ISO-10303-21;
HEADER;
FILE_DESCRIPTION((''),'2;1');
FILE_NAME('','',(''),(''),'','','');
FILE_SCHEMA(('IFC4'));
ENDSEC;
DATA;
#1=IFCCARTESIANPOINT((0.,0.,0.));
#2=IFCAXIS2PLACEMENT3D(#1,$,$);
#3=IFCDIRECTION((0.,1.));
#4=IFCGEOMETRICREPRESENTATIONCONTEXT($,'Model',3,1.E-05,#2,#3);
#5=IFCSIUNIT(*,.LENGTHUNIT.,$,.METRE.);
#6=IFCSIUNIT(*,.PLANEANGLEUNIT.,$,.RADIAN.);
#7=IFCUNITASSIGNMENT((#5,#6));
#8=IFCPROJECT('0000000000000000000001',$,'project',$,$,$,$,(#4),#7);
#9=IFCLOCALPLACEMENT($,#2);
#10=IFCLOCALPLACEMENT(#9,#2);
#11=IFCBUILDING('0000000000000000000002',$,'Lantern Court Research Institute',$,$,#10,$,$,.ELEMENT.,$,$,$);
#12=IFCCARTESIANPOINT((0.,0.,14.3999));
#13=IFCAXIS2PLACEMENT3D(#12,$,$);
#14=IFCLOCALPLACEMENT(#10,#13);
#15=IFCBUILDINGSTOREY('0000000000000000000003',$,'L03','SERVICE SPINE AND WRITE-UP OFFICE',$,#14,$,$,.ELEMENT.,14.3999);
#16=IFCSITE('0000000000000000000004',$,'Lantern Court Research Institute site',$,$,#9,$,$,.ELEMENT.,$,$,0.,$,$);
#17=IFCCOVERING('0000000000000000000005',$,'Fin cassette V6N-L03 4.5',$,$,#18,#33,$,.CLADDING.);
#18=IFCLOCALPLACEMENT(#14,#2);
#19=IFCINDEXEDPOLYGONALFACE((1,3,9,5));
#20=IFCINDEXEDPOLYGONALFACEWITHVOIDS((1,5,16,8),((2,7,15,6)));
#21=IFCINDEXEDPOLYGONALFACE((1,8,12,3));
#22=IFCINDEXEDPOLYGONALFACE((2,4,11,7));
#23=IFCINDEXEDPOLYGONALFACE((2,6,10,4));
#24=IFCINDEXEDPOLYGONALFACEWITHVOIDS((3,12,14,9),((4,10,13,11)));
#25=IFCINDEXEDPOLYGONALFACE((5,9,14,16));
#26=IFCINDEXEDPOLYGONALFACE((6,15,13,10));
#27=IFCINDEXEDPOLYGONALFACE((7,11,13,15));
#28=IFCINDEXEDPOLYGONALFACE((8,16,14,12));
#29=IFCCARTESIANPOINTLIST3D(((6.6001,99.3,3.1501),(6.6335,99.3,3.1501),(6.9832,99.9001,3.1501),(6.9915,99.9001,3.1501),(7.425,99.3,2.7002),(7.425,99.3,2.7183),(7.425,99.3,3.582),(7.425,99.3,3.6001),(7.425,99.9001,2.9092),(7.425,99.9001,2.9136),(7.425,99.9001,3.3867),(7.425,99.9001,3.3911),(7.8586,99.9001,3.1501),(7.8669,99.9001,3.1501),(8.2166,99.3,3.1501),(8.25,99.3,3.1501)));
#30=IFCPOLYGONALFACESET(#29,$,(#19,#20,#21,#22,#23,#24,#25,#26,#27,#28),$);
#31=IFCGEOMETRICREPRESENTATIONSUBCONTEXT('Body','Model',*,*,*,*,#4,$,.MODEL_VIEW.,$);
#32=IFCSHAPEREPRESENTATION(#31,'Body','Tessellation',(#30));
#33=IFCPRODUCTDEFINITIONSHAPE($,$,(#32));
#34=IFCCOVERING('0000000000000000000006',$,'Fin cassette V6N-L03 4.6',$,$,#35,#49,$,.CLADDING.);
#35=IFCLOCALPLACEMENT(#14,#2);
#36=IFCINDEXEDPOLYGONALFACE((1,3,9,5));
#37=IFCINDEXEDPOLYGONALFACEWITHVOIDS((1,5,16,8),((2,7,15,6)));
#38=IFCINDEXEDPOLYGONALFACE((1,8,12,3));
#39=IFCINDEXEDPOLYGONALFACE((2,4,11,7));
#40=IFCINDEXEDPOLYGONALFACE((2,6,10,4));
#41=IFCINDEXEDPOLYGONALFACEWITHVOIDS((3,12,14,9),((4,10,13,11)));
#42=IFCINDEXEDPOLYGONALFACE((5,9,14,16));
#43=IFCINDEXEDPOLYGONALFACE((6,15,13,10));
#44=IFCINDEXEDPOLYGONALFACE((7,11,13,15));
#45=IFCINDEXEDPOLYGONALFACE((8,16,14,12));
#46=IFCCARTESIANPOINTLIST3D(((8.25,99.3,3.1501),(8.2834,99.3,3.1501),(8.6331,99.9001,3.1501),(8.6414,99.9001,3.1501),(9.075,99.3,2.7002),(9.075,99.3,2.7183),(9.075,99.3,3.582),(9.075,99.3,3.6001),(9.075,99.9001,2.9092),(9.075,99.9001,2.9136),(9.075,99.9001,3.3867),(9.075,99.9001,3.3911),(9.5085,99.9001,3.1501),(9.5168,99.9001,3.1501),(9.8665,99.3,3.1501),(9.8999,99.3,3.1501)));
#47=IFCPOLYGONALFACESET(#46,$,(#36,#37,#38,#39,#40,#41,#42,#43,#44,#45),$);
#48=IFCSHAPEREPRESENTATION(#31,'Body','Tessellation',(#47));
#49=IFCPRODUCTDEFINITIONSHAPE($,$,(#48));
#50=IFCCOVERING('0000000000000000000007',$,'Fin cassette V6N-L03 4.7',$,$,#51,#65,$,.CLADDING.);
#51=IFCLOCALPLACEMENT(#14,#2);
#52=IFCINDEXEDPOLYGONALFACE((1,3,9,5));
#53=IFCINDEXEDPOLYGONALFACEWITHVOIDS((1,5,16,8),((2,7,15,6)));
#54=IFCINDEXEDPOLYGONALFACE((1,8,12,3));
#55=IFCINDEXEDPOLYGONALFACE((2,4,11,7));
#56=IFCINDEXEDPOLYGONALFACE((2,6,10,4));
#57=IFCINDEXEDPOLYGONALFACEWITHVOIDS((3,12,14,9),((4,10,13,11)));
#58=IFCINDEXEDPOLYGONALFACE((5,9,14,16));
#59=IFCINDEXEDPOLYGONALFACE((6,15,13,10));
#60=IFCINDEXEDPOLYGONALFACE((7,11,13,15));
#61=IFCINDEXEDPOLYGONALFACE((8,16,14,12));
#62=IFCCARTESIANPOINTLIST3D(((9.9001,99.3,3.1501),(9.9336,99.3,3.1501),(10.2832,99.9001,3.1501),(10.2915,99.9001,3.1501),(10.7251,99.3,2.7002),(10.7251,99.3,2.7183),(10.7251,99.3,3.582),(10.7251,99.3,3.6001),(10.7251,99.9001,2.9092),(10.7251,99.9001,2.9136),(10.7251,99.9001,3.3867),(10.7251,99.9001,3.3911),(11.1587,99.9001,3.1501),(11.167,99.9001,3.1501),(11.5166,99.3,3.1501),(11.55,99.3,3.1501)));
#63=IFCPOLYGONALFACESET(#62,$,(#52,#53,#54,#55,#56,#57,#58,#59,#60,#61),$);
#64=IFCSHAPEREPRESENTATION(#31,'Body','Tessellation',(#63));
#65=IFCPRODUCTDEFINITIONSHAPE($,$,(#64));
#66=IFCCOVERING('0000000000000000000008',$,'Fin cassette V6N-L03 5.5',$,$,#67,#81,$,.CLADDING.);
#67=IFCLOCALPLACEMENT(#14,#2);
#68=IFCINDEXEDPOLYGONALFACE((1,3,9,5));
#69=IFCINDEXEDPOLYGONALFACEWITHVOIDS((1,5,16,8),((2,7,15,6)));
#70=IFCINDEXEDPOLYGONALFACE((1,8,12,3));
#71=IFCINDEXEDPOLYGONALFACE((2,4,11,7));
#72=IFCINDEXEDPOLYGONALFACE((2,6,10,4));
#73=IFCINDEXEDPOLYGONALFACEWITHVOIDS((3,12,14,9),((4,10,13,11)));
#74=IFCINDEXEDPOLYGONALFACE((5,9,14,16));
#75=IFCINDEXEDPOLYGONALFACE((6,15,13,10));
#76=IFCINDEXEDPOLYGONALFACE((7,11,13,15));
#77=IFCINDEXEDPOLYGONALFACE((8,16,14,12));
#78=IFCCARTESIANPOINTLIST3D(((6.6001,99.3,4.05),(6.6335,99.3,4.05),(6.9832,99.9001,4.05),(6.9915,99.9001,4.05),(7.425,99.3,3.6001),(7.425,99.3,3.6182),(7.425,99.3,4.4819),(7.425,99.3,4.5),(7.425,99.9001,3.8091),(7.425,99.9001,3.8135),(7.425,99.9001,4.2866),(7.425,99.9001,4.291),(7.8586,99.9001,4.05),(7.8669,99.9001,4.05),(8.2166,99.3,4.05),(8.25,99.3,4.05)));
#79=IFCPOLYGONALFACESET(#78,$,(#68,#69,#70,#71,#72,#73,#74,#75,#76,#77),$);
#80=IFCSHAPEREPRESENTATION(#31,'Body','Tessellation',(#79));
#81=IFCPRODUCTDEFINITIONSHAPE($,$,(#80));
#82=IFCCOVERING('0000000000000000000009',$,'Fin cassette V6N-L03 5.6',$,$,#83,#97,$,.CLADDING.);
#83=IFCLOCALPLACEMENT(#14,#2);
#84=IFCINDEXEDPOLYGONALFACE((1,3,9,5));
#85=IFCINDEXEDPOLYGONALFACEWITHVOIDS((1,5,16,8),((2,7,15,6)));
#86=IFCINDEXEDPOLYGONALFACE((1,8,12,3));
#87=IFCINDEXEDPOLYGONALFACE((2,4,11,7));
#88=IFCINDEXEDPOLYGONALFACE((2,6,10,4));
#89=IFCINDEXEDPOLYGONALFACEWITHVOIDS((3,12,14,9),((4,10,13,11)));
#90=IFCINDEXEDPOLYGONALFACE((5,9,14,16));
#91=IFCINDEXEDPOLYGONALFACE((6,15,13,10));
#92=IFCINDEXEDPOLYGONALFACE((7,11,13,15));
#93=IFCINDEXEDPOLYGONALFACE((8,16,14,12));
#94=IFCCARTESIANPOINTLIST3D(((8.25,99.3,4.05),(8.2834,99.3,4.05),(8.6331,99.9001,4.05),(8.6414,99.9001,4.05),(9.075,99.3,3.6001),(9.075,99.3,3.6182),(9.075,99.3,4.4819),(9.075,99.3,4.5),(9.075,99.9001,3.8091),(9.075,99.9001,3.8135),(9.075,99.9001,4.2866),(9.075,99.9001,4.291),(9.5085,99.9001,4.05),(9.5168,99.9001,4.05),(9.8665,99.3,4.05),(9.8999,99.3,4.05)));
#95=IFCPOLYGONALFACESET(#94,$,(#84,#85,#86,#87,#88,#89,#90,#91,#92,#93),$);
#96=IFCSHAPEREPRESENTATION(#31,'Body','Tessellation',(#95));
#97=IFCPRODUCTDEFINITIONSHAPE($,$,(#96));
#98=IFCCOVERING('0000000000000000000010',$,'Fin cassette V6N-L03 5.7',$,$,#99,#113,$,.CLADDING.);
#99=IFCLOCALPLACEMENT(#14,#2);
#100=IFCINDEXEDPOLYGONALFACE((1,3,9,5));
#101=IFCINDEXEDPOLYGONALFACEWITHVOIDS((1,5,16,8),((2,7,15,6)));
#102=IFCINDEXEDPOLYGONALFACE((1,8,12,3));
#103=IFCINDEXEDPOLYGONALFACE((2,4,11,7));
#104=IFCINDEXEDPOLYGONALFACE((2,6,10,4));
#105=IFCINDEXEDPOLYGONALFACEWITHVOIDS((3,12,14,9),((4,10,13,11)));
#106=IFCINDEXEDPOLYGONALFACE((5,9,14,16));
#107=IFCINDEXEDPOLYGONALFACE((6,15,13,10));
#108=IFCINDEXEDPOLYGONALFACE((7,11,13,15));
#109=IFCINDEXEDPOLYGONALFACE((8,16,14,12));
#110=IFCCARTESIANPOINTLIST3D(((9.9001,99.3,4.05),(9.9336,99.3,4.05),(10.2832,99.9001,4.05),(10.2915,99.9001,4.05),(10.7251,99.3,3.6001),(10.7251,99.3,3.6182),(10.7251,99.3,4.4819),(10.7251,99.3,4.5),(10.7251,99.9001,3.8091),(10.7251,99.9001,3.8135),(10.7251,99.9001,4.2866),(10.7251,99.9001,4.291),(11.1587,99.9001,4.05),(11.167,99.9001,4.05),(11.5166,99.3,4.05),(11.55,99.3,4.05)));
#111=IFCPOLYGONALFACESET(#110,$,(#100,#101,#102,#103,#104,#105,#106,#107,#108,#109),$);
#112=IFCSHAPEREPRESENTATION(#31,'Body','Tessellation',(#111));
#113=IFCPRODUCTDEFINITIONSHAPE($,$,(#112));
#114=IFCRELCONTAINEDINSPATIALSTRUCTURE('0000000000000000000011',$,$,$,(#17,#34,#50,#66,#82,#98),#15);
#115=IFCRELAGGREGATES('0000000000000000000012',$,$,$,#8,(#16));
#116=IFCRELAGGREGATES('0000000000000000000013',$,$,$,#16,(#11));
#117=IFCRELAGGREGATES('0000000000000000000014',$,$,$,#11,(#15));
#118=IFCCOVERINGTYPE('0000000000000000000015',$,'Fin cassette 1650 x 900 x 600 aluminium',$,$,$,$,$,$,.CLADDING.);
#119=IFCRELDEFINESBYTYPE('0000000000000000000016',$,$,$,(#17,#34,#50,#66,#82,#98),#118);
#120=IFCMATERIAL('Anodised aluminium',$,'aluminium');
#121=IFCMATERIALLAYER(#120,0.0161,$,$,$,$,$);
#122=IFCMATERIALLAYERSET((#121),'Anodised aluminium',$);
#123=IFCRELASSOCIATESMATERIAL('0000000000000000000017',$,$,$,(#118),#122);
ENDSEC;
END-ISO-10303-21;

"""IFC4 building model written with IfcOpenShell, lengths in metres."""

from ifc_helpers import new_model, entity, si_unit, direction, frame, origin, place, context, subcontext, project, spatial, material, layer, layer_set, type_object, element, save


model = new_model("IFC4")

# Units and contexts
model_context = context("Model", 3, precision=1e-05, world=origin(), true_north=direction((0.0, 1.0)))
body_context = subcontext(model_context, "Body", "Model", "MODEL_VIEW")
ifc_project = project(units=[si_unit("LENGTHUNIT", "METRE"), si_unit("PLANEANGLEUNIT", "RADIAN")], contexts=[model_context])

# Site, building, storey
site_placement = place(None, origin())
site = spatial("IfcSite", under=ifc_project, at=site_placement, Name="Lantern Court Research Institute site", CompositionType="ELEMENT", RefElevation=0.0)
building_placement = place(site_placement, origin())
building = spatial("IfcBuilding", under=site, at=building_placement, Name="Lantern Court Research Institute", CompositionType="ELEMENT")
storey_placement = place(building_placement, frame((0.0, 0.0, 14.3999)))
storey = spatial("IfcBuildingStorey", under=building, at=storey_placement, Name="L03", Description="SERVICE SPINE AND WRITE-UP OFFICE", CompositionType="ELEMENT", Elevation=14.3999)

# Coverings
ifc_material_1 = material(Name="Anodised aluminium", Category="aluminium")
ifc_layer_1 = layer(ifc_material_1, 0.0161)
ifc_layer_set_1 = layer_set([ifc_layer_1], Name="Anodised aluminium")
covering_type = type_object("IfcCoveringType", Name="Fin cassette 1650 x 900 x 600 aluminium", PredefinedType="CLADDING", material=ifc_layer_set_1)
covering_1_placement = place(storey_placement, frame((7.425, 99.3, 3.1501), z_axis=(0.0, 1.0, 0.0), x_axis=(-1.0, 0.0, 0.0)))
cartesian_point_1 = entity("IfcCartesianPoint", [0.825, 0.0])
cartesian_point_2 = entity("IfcCartesianPoint", [0.7915, 0.0])
cartesian_point_3 = entity("IfcCartesianPoint", [0.4419, 0.0])
cartesian_point_4 = entity("IfcCartesianPoint", [0.4336, 0.0])
element("IfcCovering", 1, at=covering_1_placement, inside=storey, type_object=covering_type, Name="Fin cassette V6N-L03 4.5", PredefinedType="CLADDING", context=body_context, shape_type="SweptSolid", body=[
    entity("IfcExtrudedAreaSolidTapered", entity("IfcArbitraryProfileDefWithVoids", "AREA", None, entity("IfcPolyline", [cartesian_point_1, entity("IfcCartesianPoint", [0.0, 0.45]), entity("IfcCartesianPoint", [-0.825, 0.0]), entity("IfcCartesianPoint", [0.0, -0.45]), cartesian_point_1]), [entity("IfcPolyline", [cartesian_point_2, entity("IfcCartesianPoint", [0.0, 0.4319]), entity("IfcCartesianPoint", [-0.7915, 0.0]), entity("IfcCartesianPoint", [0.0, -0.4319]), cartesian_point_2])]), entity("IfcAxis2Placement3D", entity("IfcCartesianPoint", [0.0, 0.0, 0.0])), entity("IfcDirection", [0.0, 0.0, 1.0]), 0.6001, entity("IfcArbitraryProfileDefWithVoids", "AREA", None, entity("IfcPolyline", [cartesian_point_3, entity("IfcCartesianPoint", [0.0, 0.241]), entity("IfcCartesianPoint", [-0.4419, 0.0]), entity("IfcCartesianPoint", [0.0, -0.241]), cartesian_point_3]), [entity("IfcPolyline", [cartesian_point_4, entity("IfcCartesianPoint", [0.0, 0.2366]), entity("IfcCartesianPoint", [-0.4336, 0.0]), entity("IfcCartesianPoint", [0.0, -0.2366]), cartesian_point_4])])),
])
covering_2_placement = place(storey_placement, frame((9.075, 99.3, 3.1501), z_axis=(0.0, 1.0, 0.0), x_axis=(-1.0, 0.0, 0.0)))
cartesian_point_5 = entity("IfcCartesianPoint", [0.825, 0.0])
cartesian_point_6 = entity("IfcCartesianPoint", [0.7915, 0.0])
cartesian_point_7 = entity("IfcCartesianPoint", [0.4419, 0.0])
cartesian_point_8 = entity("IfcCartesianPoint", [0.4336, 0.0])
element("IfcCovering", 2, at=covering_2_placement, inside=storey, type_object=covering_type, Name="Fin cassette V6N-L03 4.6", PredefinedType="CLADDING", context=body_context, shape_type="SweptSolid", body=[
    entity("IfcExtrudedAreaSolidTapered", entity("IfcArbitraryProfileDefWithVoids", "AREA", None, entity("IfcPolyline", [cartesian_point_5, entity("IfcCartesianPoint", [0.0, 0.45]), entity("IfcCartesianPoint", [-0.825, 0.0]), entity("IfcCartesianPoint", [0.0, -0.45]), cartesian_point_5]), [entity("IfcPolyline", [cartesian_point_6, entity("IfcCartesianPoint", [0.0, 0.4319]), entity("IfcCartesianPoint", [-0.7915, 0.0]), entity("IfcCartesianPoint", [0.0, -0.4319]), cartesian_point_6])]), entity("IfcAxis2Placement3D", entity("IfcCartesianPoint", [0.0, 0.0, 0.0])), entity("IfcDirection", [0.0, 0.0, 1.0]), 0.6001, entity("IfcArbitraryProfileDefWithVoids", "AREA", None, entity("IfcPolyline", [cartesian_point_7, entity("IfcCartesianPoint", [0.0, 0.241]), entity("IfcCartesianPoint", [-0.4419, 0.0]), entity("IfcCartesianPoint", [0.0, -0.241]), cartesian_point_7]), [entity("IfcPolyline", [cartesian_point_8, entity("IfcCartesianPoint", [0.0, 0.2366]), entity("IfcCartesianPoint", [-0.4336, 0.0]), entity("IfcCartesianPoint", [0.0, -0.2366]), cartesian_point_8])])),
])
covering_3_placement = place(storey_placement, frame((10.7251, 99.3, 3.1501), z_axis=(0.0, 1.0, 0.0), x_axis=(-1.0, 0.0, 0.0)))
cartesian_point_9 = entity("IfcCartesianPoint", [0.825, 0.0])
cartesian_point_10 = entity("IfcCartesianPoint", [0.7915, 0.0])
cartesian_point_11 = entity("IfcCartesianPoint", [0.4419, 0.0])
cartesian_point_12 = entity("IfcCartesianPoint", [0.4336, 0.0])
element("IfcCovering", 3, at=covering_3_placement, inside=storey, type_object=covering_type, Name="Fin cassette V6N-L03 4.7", PredefinedType="CLADDING", context=body_context, shape_type="SweptSolid", body=[
    entity("IfcExtrudedAreaSolidTapered", entity("IfcArbitraryProfileDefWithVoids", "AREA", None, entity("IfcPolyline", [cartesian_point_9, entity("IfcCartesianPoint", [0.0, 0.45]), entity("IfcCartesianPoint", [-0.825, 0.0]), entity("IfcCartesianPoint", [0.0, -0.45]), cartesian_point_9]), [entity("IfcPolyline", [cartesian_point_10, entity("IfcCartesianPoint", [0.0, 0.4319]), entity("IfcCartesianPoint", [-0.7915, 0.0]), entity("IfcCartesianPoint", [0.0, -0.4319]), cartesian_point_10])]), entity("IfcAxis2Placement3D", entity("IfcCartesianPoint", [0.0, 0.0, 0.0])), entity("IfcDirection", [0.0, 0.0, 1.0]), 0.6001, entity("IfcArbitraryProfileDefWithVoids", "AREA", None, entity("IfcPolyline", [cartesian_point_11, entity("IfcCartesianPoint", [0.0, 0.241]), entity("IfcCartesianPoint", [-0.4419, 0.0]), entity("IfcCartesianPoint", [0.0, -0.241]), cartesian_point_11]), [entity("IfcPolyline", [cartesian_point_12, entity("IfcCartesianPoint", [0.0, 0.2366]), entity("IfcCartesianPoint", [-0.4336, 0.0]), entity("IfcCartesianPoint", [0.0, -0.2366]), cartesian_point_12])])),
])
covering_4_placement = place(storey_placement, frame((7.425, 99.3, 4.05), z_axis=(0.0, 1.0, 0.0), x_axis=(-1.0, 0.0, 0.0)))
cartesian_point_13 = entity("IfcCartesianPoint", [0.825, 0.0])
cartesian_point_14 = entity("IfcCartesianPoint", [0.7915, 0.0])
cartesian_point_15 = entity("IfcCartesianPoint", [0.4419, 0.0])
cartesian_point_16 = entity("IfcCartesianPoint", [0.4336, 0.0])
element("IfcCovering", 4, at=covering_4_placement, inside=storey, type_object=covering_type, Name="Fin cassette V6N-L03 5.5", PredefinedType="CLADDING", context=body_context, shape_type="SweptSolid", body=[
    entity("IfcExtrudedAreaSolidTapered", entity("IfcArbitraryProfileDefWithVoids", "AREA", None, entity("IfcPolyline", [cartesian_point_13, entity("IfcCartesianPoint", [0.0, 0.45]), entity("IfcCartesianPoint", [-0.825, 0.0]), entity("IfcCartesianPoint", [0.0, -0.45]), cartesian_point_13]), [entity("IfcPolyline", [cartesian_point_14, entity("IfcCartesianPoint", [0.0, 0.4319]), entity("IfcCartesianPoint", [-0.7915, 0.0]), entity("IfcCartesianPoint", [0.0, -0.4319]), cartesian_point_14])]), entity("IfcAxis2Placement3D", entity("IfcCartesianPoint", [0.0, 0.0, 0.0])), entity("IfcDirection", [0.0, 0.0, 1.0]), 0.6001, entity("IfcArbitraryProfileDefWithVoids", "AREA", None, entity("IfcPolyline", [cartesian_point_15, entity("IfcCartesianPoint", [0.0, 0.241]), entity("IfcCartesianPoint", [-0.4419, 0.0]), entity("IfcCartesianPoint", [0.0, -0.241]), cartesian_point_15]), [entity("IfcPolyline", [cartesian_point_16, entity("IfcCartesianPoint", [0.0, 0.2366]), entity("IfcCartesianPoint", [-0.4336, 0.0]), entity("IfcCartesianPoint", [0.0, -0.2366]), cartesian_point_16])])),
])
covering_5_placement = place(storey_placement, frame((9.075, 99.3, 4.05), z_axis=(0.0, 1.0, 0.0), x_axis=(-1.0, 0.0, 0.0)))
cartesian_point_17 = entity("IfcCartesianPoint", [0.825, 0.0])
cartesian_point_18 = entity("IfcCartesianPoint", [0.7915, 0.0])
cartesian_point_19 = entity("IfcCartesianPoint", [0.4419, 0.0])
cartesian_point_20 = entity("IfcCartesianPoint", [0.4336, 0.0])
element("IfcCovering", 5, at=covering_5_placement, inside=storey, type_object=covering_type, Name="Fin cassette V6N-L03 5.6", PredefinedType="CLADDING", context=body_context, shape_type="SweptSolid", body=[
    entity("IfcExtrudedAreaSolidTapered", entity("IfcArbitraryProfileDefWithVoids", "AREA", None, entity("IfcPolyline", [cartesian_point_17, entity("IfcCartesianPoint", [0.0, 0.45]), entity("IfcCartesianPoint", [-0.825, 0.0]), entity("IfcCartesianPoint", [0.0, -0.45]), cartesian_point_17]), [entity("IfcPolyline", [cartesian_point_18, entity("IfcCartesianPoint", [0.0, 0.4319]), entity("IfcCartesianPoint", [-0.7915, 0.0]), entity("IfcCartesianPoint", [0.0, -0.4319]), cartesian_point_18])]), entity("IfcAxis2Placement3D", entity("IfcCartesianPoint", [0.0, 0.0, 0.0])), entity("IfcDirection", [0.0, 0.0, 1.0]), 0.6001, entity("IfcArbitraryProfileDefWithVoids", "AREA", None, entity("IfcPolyline", [cartesian_point_19, entity("IfcCartesianPoint", [0.0, 0.241]), entity("IfcCartesianPoint", [-0.4419, 0.0]), entity("IfcCartesianPoint", [0.0, -0.241]), cartesian_point_19]), [entity("IfcPolyline", [cartesian_point_20, entity("IfcCartesianPoint", [0.0, 0.2366]), entity("IfcCartesianPoint", [-0.4336, 0.0]), entity("IfcCartesianPoint", [0.0, -0.2366]), cartesian_point_20])])),
])
covering_6_placement = place(storey_placement, frame((10.7251, 99.3, 4.05), z_axis=(0.0, 1.0, 0.0), x_axis=(-1.0, 0.0, 0.0)))
cartesian_point_21 = entity("IfcCartesianPoint", [0.825, 0.0])
cartesian_point_22 = entity("IfcCartesianPoint", [0.7915, 0.0])
cartesian_point_23 = entity("IfcCartesianPoint", [0.4419, 0.0])
cartesian_point_24 = entity("IfcCartesianPoint", [0.4336, 0.0])
element("IfcCovering", 6, at=covering_6_placement, inside=storey, type_object=covering_type, Name="Fin cassette V6N-L03 5.7", PredefinedType="CLADDING", context=body_context, shape_type="SweptSolid", body=[
    entity("IfcExtrudedAreaSolidTapered", entity("IfcArbitraryProfileDefWithVoids", "AREA", None, entity("IfcPolyline", [cartesian_point_21, entity("IfcCartesianPoint", [0.0, 0.45]), entity("IfcCartesianPoint", [-0.825, 0.0]), entity("IfcCartesianPoint", [0.0, -0.45]), cartesian_point_21]), [entity("IfcPolyline", [cartesian_point_22, entity("IfcCartesianPoint", [0.0, 0.4319]), entity("IfcCartesianPoint", [-0.7915, 0.0]), entity("IfcCartesianPoint", [0.0, -0.4319]), cartesian_point_22])]), entity("IfcAxis2Placement3D", entity("IfcCartesianPoint", [0.0, 0.0, 0.0])), entity("IfcDirection", [0.0, 0.0, 1.0]), 0.6001, entity("IfcArbitraryProfileDefWithVoids", "AREA", None, entity("IfcPolyline", [cartesian_point_23, entity("IfcCartesianPoint", [0.0, 0.241]), entity("IfcCartesianPoint", [-0.4419, 0.0]), entity("IfcCartesianPoint", [0.0, -0.241]), cartesian_point_23]), [entity("IfcPolyline", [cartesian_point_24, entity("IfcCartesianPoint", [0.0, 0.2366]), entity("IfcCartesianPoint", [-0.4336, 0.0]), entity("IfcCartesianPoint", [0.0, -0.2366]), cartesian_point_24])])),
])

save(model, "model.ifc")
